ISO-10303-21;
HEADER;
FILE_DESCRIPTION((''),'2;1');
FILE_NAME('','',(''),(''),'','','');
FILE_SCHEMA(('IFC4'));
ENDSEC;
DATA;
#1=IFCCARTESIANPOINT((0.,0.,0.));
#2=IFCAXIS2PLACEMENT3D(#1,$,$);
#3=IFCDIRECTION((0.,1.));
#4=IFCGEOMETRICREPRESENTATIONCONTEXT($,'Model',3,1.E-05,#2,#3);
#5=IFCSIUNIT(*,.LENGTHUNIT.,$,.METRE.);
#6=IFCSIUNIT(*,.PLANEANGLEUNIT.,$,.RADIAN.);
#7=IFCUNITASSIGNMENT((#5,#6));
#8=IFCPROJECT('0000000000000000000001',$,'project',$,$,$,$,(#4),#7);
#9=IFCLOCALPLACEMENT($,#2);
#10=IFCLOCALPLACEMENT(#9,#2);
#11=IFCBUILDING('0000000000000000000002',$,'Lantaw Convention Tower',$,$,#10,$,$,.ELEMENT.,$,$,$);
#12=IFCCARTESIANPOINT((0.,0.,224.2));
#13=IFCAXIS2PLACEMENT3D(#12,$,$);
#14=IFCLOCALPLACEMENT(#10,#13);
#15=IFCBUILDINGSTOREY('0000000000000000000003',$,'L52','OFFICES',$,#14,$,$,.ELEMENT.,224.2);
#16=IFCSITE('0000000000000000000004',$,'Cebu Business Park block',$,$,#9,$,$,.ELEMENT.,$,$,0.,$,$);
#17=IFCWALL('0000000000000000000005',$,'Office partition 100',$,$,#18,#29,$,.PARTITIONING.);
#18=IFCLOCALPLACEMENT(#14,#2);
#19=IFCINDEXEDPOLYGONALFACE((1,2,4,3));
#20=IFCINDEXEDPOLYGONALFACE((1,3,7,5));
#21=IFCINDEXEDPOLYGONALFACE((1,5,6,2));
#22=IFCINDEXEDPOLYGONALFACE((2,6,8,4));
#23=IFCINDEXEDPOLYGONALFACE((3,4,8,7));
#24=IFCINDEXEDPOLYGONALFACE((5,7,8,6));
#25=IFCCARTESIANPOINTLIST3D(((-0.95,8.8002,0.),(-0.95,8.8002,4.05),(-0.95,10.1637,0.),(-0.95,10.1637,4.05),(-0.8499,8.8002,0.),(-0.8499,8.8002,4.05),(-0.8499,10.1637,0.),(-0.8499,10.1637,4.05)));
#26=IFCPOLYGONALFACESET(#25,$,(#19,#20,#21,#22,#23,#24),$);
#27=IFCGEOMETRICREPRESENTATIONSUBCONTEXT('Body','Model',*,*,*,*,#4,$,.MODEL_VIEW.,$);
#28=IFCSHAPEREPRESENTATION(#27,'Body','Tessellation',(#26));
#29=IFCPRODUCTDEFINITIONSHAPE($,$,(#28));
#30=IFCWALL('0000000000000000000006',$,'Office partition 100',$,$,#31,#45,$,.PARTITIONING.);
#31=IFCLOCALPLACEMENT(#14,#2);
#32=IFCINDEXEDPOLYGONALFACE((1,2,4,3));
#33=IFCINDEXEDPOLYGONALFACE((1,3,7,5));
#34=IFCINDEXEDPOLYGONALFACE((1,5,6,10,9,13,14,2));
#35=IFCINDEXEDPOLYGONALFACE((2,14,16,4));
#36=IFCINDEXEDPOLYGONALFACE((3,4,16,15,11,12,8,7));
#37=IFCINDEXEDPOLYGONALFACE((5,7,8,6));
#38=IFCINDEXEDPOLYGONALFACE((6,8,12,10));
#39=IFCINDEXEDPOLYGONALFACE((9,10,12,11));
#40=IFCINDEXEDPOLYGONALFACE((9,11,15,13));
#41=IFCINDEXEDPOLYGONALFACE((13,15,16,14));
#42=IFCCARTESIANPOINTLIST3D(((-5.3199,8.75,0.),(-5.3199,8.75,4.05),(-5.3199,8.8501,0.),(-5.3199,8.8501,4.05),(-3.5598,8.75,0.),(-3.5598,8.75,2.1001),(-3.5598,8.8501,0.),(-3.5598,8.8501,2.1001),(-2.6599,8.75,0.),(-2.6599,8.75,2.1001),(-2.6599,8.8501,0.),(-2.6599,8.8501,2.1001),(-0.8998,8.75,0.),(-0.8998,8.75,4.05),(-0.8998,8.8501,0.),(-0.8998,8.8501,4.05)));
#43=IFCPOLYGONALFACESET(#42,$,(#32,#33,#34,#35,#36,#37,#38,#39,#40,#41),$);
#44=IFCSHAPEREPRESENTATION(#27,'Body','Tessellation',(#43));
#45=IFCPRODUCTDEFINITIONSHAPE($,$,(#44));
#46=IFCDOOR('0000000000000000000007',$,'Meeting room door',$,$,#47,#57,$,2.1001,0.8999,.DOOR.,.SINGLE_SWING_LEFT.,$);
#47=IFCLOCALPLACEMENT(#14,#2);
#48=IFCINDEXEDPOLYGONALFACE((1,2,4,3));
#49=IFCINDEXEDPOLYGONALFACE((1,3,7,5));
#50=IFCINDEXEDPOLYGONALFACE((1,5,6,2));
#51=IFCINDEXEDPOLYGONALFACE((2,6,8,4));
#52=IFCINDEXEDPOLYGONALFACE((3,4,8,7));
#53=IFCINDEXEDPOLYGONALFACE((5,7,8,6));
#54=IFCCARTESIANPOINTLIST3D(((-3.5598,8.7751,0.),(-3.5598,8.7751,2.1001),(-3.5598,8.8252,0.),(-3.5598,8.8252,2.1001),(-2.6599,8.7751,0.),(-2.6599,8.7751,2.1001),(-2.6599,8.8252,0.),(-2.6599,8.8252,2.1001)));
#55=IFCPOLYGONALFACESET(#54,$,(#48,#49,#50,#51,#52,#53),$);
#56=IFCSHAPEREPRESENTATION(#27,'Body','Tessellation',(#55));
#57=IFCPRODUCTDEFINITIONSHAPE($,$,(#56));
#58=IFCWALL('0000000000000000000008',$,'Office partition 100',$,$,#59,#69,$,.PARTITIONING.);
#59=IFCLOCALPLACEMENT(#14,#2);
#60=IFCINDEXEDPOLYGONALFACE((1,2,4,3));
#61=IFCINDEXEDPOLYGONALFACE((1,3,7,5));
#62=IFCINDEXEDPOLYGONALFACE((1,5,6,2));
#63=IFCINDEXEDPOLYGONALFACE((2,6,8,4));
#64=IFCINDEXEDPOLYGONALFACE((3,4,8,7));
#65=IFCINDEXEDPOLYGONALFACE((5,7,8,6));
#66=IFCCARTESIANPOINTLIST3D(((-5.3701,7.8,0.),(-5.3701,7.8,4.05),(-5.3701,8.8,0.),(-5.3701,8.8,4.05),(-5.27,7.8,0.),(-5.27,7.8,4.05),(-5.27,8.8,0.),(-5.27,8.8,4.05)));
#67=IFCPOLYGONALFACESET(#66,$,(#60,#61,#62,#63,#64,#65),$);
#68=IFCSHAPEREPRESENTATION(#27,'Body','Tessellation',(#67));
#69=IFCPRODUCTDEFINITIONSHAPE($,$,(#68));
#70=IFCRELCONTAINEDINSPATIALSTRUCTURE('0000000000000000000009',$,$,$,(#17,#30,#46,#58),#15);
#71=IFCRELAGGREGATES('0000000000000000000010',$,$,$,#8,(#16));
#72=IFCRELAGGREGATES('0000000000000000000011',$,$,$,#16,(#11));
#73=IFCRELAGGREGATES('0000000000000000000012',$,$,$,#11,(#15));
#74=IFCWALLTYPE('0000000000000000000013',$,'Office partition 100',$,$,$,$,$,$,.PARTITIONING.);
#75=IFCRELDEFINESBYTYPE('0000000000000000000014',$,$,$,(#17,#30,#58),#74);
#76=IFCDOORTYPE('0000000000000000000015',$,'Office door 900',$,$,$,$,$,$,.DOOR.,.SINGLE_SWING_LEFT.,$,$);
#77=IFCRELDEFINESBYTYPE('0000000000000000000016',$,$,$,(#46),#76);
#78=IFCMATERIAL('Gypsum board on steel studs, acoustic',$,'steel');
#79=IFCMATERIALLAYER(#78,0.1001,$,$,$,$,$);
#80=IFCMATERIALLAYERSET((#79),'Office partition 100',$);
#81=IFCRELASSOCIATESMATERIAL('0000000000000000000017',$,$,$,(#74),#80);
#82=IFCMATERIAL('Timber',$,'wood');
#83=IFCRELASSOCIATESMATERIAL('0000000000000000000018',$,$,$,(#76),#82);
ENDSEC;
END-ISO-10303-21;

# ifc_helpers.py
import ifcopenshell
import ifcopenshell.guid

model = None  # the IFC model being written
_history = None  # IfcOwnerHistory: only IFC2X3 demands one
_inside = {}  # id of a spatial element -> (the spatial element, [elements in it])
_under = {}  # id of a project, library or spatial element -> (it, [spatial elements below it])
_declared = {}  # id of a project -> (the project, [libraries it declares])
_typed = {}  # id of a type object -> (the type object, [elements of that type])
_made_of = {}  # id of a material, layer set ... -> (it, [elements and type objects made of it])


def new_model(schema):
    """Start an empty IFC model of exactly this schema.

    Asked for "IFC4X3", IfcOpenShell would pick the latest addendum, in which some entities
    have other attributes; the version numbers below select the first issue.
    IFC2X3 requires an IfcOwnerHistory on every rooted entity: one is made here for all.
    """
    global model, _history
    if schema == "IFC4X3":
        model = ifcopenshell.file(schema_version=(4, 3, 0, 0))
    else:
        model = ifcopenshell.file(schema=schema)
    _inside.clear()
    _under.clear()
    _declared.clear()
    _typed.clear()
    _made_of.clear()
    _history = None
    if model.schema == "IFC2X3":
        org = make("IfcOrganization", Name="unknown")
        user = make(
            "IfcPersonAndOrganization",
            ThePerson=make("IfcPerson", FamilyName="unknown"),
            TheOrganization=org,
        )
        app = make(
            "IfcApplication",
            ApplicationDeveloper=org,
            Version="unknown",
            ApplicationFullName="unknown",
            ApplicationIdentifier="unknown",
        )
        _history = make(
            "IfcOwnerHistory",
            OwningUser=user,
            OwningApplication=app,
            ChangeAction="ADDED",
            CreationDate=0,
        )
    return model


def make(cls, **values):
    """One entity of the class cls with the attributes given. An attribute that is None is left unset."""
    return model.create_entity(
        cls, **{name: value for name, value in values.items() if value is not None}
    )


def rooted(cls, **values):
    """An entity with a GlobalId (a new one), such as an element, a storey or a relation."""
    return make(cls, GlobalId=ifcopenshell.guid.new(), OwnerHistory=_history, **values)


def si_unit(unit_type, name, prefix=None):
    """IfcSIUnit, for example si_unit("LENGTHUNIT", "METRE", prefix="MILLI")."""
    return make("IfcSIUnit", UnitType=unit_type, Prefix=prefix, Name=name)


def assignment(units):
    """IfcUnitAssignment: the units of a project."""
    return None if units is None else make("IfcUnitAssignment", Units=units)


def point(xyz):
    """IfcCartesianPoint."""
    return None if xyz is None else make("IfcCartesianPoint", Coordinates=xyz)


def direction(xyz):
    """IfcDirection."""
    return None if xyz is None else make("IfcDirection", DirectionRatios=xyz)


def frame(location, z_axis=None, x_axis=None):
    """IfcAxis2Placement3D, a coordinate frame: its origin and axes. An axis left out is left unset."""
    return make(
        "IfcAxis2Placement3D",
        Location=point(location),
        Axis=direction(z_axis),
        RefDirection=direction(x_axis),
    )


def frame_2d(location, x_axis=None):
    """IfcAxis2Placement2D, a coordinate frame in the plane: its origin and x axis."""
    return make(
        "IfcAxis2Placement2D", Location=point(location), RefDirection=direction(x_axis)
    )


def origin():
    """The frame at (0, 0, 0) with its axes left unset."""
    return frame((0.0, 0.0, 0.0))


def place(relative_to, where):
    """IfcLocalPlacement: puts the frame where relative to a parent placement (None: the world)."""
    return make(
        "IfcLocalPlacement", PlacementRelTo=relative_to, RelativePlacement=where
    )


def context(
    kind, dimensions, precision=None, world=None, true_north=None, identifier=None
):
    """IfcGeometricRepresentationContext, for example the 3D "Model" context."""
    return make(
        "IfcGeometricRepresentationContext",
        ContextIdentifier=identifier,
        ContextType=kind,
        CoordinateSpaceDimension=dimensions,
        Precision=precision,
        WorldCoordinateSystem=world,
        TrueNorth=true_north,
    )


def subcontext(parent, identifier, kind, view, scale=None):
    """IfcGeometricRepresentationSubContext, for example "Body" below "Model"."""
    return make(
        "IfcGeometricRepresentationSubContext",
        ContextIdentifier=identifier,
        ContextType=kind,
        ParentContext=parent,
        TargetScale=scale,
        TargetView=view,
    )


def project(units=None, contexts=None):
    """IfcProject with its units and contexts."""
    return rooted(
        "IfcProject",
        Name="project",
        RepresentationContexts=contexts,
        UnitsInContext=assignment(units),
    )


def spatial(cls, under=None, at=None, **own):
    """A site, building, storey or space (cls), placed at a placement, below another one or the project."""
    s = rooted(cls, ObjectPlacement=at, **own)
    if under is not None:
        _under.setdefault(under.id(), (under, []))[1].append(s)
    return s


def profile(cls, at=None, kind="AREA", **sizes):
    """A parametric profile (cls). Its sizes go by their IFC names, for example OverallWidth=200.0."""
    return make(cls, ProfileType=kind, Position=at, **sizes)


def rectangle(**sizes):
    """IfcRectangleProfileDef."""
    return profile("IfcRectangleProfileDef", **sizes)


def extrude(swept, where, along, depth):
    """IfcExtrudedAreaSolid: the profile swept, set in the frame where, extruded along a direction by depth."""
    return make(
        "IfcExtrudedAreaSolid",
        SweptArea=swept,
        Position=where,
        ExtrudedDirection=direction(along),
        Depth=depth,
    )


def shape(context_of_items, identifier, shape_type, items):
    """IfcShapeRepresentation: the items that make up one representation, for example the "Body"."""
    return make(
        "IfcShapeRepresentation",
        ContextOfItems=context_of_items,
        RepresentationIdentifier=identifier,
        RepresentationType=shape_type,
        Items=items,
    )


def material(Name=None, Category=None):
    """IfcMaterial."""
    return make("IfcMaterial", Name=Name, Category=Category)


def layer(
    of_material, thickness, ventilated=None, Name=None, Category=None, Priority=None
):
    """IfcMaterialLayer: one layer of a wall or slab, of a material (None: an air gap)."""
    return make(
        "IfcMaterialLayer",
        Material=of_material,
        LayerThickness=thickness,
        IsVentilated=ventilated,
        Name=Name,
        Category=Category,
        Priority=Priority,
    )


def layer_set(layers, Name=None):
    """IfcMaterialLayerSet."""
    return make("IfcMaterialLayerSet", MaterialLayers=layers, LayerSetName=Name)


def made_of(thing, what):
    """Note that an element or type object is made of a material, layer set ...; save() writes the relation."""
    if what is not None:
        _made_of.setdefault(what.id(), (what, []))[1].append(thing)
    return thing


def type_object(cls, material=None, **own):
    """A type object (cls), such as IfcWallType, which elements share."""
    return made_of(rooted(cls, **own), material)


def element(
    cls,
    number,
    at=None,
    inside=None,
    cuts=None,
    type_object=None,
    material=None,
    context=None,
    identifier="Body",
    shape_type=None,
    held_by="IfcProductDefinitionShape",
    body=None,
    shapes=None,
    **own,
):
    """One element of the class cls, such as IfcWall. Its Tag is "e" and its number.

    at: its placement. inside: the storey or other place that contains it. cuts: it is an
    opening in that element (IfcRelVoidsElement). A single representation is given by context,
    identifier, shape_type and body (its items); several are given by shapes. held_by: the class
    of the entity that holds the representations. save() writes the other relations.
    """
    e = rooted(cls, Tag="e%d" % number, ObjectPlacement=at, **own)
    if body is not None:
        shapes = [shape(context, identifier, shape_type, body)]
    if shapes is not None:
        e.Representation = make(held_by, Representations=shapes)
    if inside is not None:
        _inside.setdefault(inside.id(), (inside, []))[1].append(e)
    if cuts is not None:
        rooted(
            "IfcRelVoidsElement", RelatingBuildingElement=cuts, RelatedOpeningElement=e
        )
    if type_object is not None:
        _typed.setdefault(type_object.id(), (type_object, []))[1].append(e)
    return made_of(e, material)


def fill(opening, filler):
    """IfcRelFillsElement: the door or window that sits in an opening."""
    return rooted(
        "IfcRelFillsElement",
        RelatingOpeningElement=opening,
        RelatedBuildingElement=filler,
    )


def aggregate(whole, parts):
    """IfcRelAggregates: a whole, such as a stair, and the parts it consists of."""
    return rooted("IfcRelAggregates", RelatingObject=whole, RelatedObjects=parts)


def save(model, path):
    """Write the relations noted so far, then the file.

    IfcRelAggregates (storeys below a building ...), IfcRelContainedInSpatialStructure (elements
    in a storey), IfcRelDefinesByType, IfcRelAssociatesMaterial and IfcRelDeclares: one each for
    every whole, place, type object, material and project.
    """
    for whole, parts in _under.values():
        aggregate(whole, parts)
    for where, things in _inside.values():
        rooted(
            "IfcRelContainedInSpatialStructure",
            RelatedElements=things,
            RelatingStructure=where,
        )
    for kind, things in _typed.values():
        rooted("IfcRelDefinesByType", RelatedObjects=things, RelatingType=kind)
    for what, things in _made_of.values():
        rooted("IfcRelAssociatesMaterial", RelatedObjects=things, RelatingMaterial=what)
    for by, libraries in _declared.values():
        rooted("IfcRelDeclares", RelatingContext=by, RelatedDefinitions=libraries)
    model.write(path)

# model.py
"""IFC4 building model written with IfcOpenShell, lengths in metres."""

from ifc_helpers import new_model, si_unit, direction, frame, frame_2d, origin, place, context, subcontext, project, spatial, rectangle, extrude, material, layer, layer_set, type_object, element, fill, save


model = new_model("IFC4")

# Units and contexts
model_context = context("Model", 3, precision=1e-05, world=origin(), true_north=direction((0.0, 1.0)))
body_context = subcontext(model_context, "Body", "Model", "MODEL_VIEW")
ifc_project = project(units=[si_unit("LENGTHUNIT", "METRE"), si_unit("PLANEANGLEUNIT", "RADIAN")], contexts=[model_context])

# Site, building, storey
site_placement = place(None, origin())
site = spatial("IfcSite", under=ifc_project, at=site_placement, Name="Cebu Business Park block", CompositionType="ELEMENT", RefElevation=0.0)
building_placement = place(site_placement, origin())
building = spatial("IfcBuilding", under=site, at=building_placement, Name="Lantaw Convention Tower", CompositionType="ELEMENT")
storey_placement = place(building_placement, frame((0.0, 0.0, 224.2)))
storey = spatial("IfcBuildingStorey", under=building, at=storey_placement, Name="L52", Description="OFFICES", CompositionType="ELEMENT", Elevation=224.2)

# Wall
ifc_material_1 = material(Name="Gypsum board on steel studs, acoustic", Category="steel")
ifc_layer_1 = layer(ifc_material_1, 0.1001)
ifc_layer_set_1 = layer_set([ifc_layer_1], Name="Office partition 100")
wall_type_1 = type_object("IfcWallType", Name="Office partition 100", PredefinedType="PARTITIONING", material=ifc_layer_set_1)
wall_1_placement = place(storey_placement, frame((-0.8999, 10.1636, 0.0), z_axis=(0.0, 0.0, 1.0), x_axis=(0.0, -1.0, 0.0)))
element("IfcWall", 1, at=wall_1_placement, inside=storey, type_object=wall_type_1, Name="Office partition 100", PredefinedType="PARTITIONING", context=body_context, shape_type="SweptSolid", body=[
    extrude(rectangle(XDim=1.3635, YDim=0.1001, at=frame_2d((0.6816, 0.0))), origin(), (0.0, 0.0, 1.0), 4.05),
])

# Wall, opening, door
wall_2_placement = place(storey_placement, frame((-0.8999, 8.8, 0.0), z_axis=(0.0, 0.0, 1.0), x_axis=(-1.0, 0.0, 0.0)))
wall_2 = element("IfcWall", 2, at=wall_2_placement, inside=storey, type_object=wall_type_1, Name="Office partition 100", PredefinedType="PARTITIONING", context=body_context, shape_type="SweptSolid", body=[
    extrude(rectangle(XDim=4.4202, YDim=0.1001, at=frame_2d((2.21, 0.0))), origin(), (0.0, 0.0, 1.0), 4.05),
])
opening_1_placement = place(wall_2_placement, frame((1.76, 0.0, 0.0)))
opening_1 = element("IfcOpeningElement", 3, at=opening_1_placement, cuts=wall_2, PredefinedType="OPENING", context=body_context, shape_type="SweptSolid", body=[
    extrude(rectangle(XDim=0.8999, YDim=2.1001, at=frame_2d((0.45, 1.05))), frame((0.0, 0.0601, 0.0), z_axis=(0.0, -1.0, 0.0), x_axis=(1.0, 0.0, 0.0)), (0.0, 0.0, 1.0), 0.1201),
])
ifc_material_2 = material(Name="Timber", Category="wood")
door_type_1 = type_object("IfcDoorType", Name="Office door 900", OperationType="SINGLE_SWING_LEFT", PredefinedType="DOOR", material=ifc_material_2)
door_1_placement = place(opening_1_placement, origin())
door_1 = element("IfcDoor", 4, at=door_1_placement, inside=storey, type_object=door_type_1, Name="Meeting room door", OperationType="SINGLE_SWING_LEFT", OverallHeight=2.1001, OverallWidth=0.8999, PredefinedType="DOOR", context=body_context, shape_type="SweptSolid", body=[
    extrude(rectangle(XDim=0.8999, YDim=2.1001, at=frame_2d((0.45, 1.05))), frame((0.0, 0.0249, 0.0), z_axis=(0.0, -1.0, 0.0), x_axis=(1.0, 0.0, 0.0)), (0.0, 0.0, 1.0), 0.05),
])
fill(opening_1, door_1)

# Wall
wall_3_placement = place(storey_placement, frame((-5.3201, 8.8, 0.0), z_axis=(0.0, 0.0, 1.0), x_axis=(0.0, -1.0, 0.0)))
element("IfcWall", 5, at=wall_3_placement, inside=storey, type_object=wall_type_1, Name="Office partition 100", PredefinedType="PARTITIONING", context=body_context, shape_type="SweptSolid", body=[
    extrude(rectangle(XDim=1.0, YDim=0.1001, at=frame_2d((0.5, 0.0))), origin(), (0.0, 0.0, 1.0), 4.05),
])

save(model, "model.ifc")
